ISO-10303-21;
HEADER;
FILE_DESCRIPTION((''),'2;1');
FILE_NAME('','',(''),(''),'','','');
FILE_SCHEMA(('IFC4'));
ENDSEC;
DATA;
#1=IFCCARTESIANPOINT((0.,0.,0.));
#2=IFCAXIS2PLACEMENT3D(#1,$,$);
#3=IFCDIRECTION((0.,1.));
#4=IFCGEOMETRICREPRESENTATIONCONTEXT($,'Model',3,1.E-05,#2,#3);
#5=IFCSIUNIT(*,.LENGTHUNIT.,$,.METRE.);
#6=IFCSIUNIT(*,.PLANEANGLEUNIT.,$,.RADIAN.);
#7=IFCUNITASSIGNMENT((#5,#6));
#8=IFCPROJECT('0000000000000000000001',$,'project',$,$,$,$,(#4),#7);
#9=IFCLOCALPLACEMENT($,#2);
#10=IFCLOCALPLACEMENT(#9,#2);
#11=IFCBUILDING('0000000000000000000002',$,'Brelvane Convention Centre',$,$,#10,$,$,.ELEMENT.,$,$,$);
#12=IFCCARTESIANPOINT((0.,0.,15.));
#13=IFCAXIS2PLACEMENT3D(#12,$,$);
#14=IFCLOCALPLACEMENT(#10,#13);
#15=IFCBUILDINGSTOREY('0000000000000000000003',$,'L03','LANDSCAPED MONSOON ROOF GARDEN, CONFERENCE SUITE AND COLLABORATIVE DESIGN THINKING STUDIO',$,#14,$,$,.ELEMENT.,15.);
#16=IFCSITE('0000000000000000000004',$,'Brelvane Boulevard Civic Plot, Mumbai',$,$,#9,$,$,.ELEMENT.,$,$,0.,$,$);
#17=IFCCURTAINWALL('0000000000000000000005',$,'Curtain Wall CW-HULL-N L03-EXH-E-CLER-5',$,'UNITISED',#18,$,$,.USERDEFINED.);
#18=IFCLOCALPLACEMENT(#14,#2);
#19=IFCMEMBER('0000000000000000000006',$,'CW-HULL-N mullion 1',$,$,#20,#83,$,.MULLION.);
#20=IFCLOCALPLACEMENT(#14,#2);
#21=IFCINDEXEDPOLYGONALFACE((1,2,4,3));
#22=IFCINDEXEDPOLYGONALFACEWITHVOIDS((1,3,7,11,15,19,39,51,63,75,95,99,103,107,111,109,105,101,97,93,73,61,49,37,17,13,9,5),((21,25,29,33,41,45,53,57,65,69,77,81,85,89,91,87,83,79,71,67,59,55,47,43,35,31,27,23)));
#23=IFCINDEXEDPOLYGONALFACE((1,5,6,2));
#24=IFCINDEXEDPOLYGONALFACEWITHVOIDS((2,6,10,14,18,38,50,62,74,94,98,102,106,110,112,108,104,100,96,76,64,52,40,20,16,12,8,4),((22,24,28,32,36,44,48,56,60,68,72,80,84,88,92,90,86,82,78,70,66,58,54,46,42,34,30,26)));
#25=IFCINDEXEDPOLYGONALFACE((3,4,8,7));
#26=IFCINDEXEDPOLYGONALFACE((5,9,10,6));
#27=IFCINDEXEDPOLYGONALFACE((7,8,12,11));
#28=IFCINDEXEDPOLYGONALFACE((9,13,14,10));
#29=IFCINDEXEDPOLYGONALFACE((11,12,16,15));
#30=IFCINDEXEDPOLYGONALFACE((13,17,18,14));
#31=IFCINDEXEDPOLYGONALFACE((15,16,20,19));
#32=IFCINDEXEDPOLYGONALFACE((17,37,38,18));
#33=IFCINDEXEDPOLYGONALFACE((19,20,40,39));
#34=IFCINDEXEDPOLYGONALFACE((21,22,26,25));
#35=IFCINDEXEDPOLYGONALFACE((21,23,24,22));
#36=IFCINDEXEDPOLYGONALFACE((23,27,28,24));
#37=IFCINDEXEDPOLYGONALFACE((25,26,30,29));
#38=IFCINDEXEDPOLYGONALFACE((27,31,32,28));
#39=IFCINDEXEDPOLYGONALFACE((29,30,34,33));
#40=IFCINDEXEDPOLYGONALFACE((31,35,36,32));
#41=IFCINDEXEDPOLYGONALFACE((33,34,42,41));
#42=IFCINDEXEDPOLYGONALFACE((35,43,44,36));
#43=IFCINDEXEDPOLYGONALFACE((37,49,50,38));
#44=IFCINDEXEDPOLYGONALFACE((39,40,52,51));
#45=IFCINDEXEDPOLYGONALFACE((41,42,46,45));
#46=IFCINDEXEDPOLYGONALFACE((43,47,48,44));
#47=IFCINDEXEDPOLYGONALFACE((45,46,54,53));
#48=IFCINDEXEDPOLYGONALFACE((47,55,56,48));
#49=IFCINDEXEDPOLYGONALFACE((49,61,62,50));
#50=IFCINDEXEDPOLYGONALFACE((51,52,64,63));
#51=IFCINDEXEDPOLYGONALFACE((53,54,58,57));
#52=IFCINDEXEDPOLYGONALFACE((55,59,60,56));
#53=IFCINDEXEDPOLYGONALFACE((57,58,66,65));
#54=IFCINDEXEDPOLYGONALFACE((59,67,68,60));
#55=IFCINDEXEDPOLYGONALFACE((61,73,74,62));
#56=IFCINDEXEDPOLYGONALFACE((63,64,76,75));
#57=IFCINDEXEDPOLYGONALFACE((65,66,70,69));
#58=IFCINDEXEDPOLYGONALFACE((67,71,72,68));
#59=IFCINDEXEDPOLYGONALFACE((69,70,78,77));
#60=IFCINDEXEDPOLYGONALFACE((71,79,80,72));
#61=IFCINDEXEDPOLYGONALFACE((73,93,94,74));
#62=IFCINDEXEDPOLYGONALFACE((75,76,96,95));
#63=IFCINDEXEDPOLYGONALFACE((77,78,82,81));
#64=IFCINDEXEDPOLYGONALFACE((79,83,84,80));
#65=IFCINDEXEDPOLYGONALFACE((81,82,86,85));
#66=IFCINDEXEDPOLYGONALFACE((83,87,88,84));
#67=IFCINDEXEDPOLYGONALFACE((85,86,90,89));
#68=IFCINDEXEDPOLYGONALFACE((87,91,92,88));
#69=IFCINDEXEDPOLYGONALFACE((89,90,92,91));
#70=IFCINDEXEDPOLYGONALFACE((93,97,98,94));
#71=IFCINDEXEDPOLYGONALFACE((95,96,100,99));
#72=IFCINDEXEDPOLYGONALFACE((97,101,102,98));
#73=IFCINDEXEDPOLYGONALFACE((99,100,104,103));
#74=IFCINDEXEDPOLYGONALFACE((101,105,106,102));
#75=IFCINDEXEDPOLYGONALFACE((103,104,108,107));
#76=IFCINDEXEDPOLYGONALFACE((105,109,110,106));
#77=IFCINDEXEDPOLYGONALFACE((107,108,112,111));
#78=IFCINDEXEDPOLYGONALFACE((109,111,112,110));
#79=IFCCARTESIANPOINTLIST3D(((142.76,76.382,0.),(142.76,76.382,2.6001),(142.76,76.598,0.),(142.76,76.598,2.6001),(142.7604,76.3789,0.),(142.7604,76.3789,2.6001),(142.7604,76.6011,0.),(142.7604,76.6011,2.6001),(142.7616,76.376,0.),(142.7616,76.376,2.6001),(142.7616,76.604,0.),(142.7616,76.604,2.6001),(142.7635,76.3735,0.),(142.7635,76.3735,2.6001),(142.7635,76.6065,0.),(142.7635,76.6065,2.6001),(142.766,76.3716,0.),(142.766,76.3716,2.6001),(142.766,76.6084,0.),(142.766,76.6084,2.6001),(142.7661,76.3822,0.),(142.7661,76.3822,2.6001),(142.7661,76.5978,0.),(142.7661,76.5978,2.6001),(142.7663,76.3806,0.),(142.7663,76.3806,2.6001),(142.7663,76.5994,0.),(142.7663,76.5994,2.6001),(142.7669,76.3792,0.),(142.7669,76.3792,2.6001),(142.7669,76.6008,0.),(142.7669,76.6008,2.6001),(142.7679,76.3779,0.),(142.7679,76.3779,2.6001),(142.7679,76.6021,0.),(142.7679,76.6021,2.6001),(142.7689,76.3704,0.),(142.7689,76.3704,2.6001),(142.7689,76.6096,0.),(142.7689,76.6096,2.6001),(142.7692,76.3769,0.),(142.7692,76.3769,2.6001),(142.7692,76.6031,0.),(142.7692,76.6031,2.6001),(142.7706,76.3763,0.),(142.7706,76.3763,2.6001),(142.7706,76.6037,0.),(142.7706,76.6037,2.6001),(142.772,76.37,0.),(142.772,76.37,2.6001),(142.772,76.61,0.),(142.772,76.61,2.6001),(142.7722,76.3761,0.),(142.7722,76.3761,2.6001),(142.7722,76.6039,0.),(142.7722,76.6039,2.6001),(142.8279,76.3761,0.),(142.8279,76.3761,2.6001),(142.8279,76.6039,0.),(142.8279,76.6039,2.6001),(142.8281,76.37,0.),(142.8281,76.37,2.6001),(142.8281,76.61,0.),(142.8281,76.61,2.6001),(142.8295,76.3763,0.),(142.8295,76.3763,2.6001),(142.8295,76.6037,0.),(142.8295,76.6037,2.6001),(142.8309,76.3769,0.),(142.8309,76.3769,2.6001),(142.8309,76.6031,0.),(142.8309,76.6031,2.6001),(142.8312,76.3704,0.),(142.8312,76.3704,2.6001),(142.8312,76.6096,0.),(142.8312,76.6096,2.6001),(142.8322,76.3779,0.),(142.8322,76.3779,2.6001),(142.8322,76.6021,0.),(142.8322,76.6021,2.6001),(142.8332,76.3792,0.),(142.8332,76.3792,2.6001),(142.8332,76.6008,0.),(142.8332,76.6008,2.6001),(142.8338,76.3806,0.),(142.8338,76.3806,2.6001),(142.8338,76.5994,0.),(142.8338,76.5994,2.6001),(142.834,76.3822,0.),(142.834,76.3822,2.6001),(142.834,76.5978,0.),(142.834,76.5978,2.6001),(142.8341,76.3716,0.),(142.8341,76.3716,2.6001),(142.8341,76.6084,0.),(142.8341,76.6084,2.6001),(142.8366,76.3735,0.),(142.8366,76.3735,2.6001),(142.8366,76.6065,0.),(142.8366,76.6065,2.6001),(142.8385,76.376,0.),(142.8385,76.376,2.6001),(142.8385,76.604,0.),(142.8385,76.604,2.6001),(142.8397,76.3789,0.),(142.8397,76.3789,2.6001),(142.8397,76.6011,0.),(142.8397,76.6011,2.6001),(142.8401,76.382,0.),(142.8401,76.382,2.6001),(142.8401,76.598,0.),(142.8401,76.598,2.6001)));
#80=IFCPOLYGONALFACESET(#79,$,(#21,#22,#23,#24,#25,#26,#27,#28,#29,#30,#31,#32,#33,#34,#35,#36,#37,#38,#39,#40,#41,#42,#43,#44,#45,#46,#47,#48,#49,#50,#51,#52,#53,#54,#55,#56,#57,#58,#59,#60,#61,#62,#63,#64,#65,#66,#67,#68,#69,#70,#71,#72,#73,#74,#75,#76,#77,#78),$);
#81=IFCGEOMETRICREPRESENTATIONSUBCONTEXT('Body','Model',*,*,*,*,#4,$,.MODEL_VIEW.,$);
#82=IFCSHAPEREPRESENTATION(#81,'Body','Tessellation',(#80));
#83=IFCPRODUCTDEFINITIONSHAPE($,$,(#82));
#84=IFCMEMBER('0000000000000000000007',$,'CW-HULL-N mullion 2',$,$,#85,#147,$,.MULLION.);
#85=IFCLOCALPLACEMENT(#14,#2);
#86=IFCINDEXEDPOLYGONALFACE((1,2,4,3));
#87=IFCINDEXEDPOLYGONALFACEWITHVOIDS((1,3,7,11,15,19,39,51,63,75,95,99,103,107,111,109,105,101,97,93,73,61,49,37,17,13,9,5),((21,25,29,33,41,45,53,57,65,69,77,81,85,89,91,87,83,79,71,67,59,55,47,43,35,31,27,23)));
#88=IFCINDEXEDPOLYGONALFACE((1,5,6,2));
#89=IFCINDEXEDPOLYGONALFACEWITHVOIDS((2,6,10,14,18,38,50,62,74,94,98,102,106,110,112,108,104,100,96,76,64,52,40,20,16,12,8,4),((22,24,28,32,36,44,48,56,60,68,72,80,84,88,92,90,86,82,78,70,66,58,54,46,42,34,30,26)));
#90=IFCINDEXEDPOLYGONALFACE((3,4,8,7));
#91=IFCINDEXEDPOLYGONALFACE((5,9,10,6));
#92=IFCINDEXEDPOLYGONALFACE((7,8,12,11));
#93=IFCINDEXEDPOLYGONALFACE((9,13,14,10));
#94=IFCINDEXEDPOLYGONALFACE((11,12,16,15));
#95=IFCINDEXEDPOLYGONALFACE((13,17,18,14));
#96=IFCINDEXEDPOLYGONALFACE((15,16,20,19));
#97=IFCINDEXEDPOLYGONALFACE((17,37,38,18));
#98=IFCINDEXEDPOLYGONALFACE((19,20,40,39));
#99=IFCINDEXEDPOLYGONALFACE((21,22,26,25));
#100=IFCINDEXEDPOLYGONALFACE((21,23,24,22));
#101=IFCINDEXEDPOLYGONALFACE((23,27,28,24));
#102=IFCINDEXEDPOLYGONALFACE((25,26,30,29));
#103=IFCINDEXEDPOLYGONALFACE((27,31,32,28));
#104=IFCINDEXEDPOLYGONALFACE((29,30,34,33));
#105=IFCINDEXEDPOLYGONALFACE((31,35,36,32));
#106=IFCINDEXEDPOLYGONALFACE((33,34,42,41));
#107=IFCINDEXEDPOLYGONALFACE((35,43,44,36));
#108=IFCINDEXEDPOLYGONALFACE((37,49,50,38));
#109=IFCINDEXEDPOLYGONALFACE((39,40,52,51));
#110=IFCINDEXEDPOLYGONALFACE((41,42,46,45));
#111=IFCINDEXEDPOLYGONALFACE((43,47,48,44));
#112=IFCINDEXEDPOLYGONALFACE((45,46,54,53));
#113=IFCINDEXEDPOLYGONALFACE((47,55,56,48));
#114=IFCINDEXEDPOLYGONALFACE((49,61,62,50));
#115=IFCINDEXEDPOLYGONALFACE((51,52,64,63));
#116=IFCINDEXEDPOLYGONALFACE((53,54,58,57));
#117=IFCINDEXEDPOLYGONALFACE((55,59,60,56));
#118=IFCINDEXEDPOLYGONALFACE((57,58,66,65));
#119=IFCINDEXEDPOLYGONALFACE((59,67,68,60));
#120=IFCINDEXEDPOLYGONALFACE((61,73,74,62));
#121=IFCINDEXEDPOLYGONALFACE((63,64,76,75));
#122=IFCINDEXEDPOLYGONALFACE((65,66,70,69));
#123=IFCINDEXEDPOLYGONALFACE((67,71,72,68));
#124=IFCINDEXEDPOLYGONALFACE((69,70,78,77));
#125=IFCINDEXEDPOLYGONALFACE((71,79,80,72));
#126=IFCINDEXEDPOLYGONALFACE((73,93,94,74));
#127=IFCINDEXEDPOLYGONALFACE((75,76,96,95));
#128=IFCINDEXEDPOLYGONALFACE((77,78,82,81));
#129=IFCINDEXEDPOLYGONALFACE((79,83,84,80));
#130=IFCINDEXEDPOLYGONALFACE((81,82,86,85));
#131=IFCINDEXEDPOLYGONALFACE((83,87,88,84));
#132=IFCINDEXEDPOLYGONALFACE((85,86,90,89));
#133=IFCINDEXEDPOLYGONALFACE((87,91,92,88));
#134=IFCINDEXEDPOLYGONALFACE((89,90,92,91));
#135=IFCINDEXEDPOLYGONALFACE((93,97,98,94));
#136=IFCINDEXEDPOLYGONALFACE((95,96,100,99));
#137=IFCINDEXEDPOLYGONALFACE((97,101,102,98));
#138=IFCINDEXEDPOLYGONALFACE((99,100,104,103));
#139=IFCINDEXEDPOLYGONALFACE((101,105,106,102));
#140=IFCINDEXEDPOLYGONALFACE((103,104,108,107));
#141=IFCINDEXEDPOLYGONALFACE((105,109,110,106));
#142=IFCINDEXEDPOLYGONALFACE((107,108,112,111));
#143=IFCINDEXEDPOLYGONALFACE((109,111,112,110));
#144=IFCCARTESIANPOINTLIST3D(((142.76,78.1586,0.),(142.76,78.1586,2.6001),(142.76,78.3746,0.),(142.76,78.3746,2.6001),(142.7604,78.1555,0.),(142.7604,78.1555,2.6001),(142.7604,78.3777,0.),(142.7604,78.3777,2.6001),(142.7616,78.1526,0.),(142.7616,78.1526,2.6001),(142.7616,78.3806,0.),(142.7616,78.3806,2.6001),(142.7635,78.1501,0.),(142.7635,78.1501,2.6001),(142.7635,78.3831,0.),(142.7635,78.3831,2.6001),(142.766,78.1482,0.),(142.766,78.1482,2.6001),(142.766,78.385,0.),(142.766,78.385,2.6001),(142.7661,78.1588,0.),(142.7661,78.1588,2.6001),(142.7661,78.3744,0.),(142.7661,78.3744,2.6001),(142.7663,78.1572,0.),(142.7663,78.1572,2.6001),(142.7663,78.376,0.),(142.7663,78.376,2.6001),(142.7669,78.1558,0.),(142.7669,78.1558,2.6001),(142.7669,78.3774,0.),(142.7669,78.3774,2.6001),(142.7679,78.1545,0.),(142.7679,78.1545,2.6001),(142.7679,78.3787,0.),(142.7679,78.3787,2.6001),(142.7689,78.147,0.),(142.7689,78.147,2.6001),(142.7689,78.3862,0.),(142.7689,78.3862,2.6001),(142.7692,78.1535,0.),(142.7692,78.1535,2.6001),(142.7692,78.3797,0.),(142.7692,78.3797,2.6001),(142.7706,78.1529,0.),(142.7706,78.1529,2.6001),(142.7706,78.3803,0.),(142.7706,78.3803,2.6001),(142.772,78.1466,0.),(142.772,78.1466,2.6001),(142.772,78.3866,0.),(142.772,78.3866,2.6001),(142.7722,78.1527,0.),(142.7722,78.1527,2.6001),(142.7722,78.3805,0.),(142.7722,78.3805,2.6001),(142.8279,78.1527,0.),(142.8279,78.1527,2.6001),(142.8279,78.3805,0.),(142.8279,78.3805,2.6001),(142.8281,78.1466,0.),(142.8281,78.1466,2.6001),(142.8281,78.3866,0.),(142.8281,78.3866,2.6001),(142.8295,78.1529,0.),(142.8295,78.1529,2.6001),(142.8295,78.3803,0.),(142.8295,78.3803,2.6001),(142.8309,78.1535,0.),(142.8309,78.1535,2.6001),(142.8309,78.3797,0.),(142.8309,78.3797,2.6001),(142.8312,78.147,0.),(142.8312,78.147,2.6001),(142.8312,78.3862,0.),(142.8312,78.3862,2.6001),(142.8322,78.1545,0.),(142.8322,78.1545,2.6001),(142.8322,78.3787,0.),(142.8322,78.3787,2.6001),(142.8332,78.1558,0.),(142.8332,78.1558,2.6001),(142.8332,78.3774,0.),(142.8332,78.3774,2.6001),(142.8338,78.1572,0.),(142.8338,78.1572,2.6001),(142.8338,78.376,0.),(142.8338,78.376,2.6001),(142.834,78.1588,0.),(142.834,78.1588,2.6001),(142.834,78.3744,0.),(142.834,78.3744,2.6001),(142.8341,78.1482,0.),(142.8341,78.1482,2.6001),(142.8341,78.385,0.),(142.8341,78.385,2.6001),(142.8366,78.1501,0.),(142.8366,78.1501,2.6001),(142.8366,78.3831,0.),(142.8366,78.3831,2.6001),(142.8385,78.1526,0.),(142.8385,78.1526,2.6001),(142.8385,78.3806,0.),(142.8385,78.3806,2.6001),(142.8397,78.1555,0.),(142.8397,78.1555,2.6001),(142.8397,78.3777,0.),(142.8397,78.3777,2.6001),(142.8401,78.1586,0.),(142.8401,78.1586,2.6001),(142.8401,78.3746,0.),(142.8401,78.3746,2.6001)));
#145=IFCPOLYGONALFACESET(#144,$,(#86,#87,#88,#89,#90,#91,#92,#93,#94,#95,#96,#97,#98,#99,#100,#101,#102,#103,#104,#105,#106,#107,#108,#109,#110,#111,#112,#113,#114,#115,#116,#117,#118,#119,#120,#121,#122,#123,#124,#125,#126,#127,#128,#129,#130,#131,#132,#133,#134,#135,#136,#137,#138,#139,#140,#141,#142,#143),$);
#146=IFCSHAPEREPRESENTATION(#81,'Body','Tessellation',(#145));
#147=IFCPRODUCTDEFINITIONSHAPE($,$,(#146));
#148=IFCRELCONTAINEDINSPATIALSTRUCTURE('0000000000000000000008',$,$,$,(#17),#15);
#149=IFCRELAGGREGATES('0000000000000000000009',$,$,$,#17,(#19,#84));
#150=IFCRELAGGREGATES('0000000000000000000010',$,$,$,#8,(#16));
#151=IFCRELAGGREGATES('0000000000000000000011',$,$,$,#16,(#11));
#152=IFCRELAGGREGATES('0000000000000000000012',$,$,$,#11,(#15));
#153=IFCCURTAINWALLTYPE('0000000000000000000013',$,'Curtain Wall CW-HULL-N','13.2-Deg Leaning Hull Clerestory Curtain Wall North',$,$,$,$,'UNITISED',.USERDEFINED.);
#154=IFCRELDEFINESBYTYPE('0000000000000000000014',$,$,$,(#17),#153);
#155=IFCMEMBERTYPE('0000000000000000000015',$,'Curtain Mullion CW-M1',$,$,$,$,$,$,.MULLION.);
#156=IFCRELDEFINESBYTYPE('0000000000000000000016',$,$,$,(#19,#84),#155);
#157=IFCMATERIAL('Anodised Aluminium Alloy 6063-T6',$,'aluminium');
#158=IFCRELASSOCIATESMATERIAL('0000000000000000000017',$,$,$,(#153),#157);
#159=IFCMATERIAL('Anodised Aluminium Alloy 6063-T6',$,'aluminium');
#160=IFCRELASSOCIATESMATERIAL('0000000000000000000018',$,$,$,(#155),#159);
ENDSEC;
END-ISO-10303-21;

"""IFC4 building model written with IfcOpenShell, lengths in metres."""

from ifc_helpers import new_model, si_unit, direction, frame, origin, origin_2d, place, context, subcontext, project, spatial, hollow_rectangle, extrude, material, material_profile, profile_set, type_object, element, aggregate, save


model = new_model("IFC4")

# Units and contexts
model_context = context("Model", 3, precision=1e-05, world=origin(), true_north=direction((0.0, 1.0)))
body_context = subcontext(model_context, "Body", "Model", "MODEL_VIEW")
ifc_project = project(units=[si_unit("LENGTHUNIT", "METRE"), si_unit("PLANEANGLEUNIT", "RADIAN")], contexts=[model_context])

# Site, building, storey
site_placement = place(None, origin())
site = spatial("IfcSite", under=ifc_project, at=site_placement, Name="Brelvane Boulevard Civic Plot, Mumbai", CompositionType="ELEMENT", RefElevation=0.0)
building_placement = place(site_placement, origin())
building = spatial("IfcBuilding", under=site, at=building_placement, Name="Brelvane Convention Centre", CompositionType="ELEMENT")
storey_placement = place(building_placement, frame((0.0, 0.0, 15.0)))
storey = spatial("IfcBuildingStorey", under=building, at=storey_placement, Name="L03", Description="LANDSCAPED MONSOON ROOF GARDEN, CONFERENCE SUITE AND COLLABORATIVE DESIGN THINKING STUDIO", CompositionType="ELEMENT", Elevation=15.0)

# Curtain wall, members
ifc_material_1 = material(Name="Anodised Aluminium Alloy 6063-T6", Category="aluminium")
curtain_wall_type = type_object("IfcCurtainWallType", Name="Curtain Wall CW-HULL-N", Description="13.2-Deg Leaning Hull Clerestory Curtain Wall North", ElementType="UNITISED", PredefinedType="USERDEFINED", material=ifc_material_1)
curtain_wall_placement = place(storey_placement, origin())
curtain_wall = element("IfcCurtainWall", 1, at=curtain_wall_placement, inside=storey, type_object=curtain_wall_type, Name="Curtain Wall CW-HULL-N L03-EXH-E-CLER-5", ObjectType="UNITISED", PredefinedType="USERDEFINED")
ifc_material_2 = material(Name="Anodised Aluminium Alloy 6063-T6", Category="aluminium")
ifc_material_profile_1 = material_profile(ifc_material_2, hollow_rectangle(XDim=0.0801, YDim=0.24, WallThickness=0.0061, InnerFilletRadius=0.0061, OuterFilletRadius=0.012, at=origin_2d()), Name="ALU-M 240x80x6.0")
ifc_profile_set_1 = profile_set([ifc_material_profile_1], Name="Anodised Aluminium Alloy 6063-T6")
member_type_1 = type_object("IfcMemberType", Name="Curtain Mullion CW-M1", PredefinedType="MULLION", material=ifc_profile_set_1)
member_1_placement = place(storey_placement, frame((142.8, 76.49, 0.0), z_axis=(0.0, 0.0, 1.0), x_axis=(-1.0, 0.0, 0.0)))
member_1 = element("IfcMember", 2, at=member_1_placement, type_object=member_type_1, Name="CW-HULL-N mullion 1", PredefinedType="MULLION", context=body_context, shape_type="SweptSolid", body=[
    extrude(hollow_rectangle(XDim=0.0801, YDim=0.24, WallThickness=0.0061, InnerFilletRadius=0.0061, OuterFilletRadius=0.012, at=origin_2d()), origin(), (0.0, 0.0, 1.0), 2.6001),
])
member_2_placement = place(storey_placement, frame((142.8, 78.2666, 0.0), z_axis=(0.0, 0.0, 1.0), x_axis=(-1.0, 0.0, 0.0)))
member_2 = element("IfcMember", 3, at=member_2_placement, type_object=member_type_1, Name="CW-HULL-N mullion 2", PredefinedType="MULLION", context=body_context, shape_type="SweptSolid", body=[
    extrude(hollow_rectangle(XDim=0.0801, YDim=0.24, WallThickness=0.0061, InnerFilletRadius=0.0061, OuterFilletRadius=0.012, at=origin_2d()), origin(), (0.0, 0.0, 1.0), 2.6001),
])

aggregate(curtain_wall, [member_1, member_2])

save(model, "model.ifc")
